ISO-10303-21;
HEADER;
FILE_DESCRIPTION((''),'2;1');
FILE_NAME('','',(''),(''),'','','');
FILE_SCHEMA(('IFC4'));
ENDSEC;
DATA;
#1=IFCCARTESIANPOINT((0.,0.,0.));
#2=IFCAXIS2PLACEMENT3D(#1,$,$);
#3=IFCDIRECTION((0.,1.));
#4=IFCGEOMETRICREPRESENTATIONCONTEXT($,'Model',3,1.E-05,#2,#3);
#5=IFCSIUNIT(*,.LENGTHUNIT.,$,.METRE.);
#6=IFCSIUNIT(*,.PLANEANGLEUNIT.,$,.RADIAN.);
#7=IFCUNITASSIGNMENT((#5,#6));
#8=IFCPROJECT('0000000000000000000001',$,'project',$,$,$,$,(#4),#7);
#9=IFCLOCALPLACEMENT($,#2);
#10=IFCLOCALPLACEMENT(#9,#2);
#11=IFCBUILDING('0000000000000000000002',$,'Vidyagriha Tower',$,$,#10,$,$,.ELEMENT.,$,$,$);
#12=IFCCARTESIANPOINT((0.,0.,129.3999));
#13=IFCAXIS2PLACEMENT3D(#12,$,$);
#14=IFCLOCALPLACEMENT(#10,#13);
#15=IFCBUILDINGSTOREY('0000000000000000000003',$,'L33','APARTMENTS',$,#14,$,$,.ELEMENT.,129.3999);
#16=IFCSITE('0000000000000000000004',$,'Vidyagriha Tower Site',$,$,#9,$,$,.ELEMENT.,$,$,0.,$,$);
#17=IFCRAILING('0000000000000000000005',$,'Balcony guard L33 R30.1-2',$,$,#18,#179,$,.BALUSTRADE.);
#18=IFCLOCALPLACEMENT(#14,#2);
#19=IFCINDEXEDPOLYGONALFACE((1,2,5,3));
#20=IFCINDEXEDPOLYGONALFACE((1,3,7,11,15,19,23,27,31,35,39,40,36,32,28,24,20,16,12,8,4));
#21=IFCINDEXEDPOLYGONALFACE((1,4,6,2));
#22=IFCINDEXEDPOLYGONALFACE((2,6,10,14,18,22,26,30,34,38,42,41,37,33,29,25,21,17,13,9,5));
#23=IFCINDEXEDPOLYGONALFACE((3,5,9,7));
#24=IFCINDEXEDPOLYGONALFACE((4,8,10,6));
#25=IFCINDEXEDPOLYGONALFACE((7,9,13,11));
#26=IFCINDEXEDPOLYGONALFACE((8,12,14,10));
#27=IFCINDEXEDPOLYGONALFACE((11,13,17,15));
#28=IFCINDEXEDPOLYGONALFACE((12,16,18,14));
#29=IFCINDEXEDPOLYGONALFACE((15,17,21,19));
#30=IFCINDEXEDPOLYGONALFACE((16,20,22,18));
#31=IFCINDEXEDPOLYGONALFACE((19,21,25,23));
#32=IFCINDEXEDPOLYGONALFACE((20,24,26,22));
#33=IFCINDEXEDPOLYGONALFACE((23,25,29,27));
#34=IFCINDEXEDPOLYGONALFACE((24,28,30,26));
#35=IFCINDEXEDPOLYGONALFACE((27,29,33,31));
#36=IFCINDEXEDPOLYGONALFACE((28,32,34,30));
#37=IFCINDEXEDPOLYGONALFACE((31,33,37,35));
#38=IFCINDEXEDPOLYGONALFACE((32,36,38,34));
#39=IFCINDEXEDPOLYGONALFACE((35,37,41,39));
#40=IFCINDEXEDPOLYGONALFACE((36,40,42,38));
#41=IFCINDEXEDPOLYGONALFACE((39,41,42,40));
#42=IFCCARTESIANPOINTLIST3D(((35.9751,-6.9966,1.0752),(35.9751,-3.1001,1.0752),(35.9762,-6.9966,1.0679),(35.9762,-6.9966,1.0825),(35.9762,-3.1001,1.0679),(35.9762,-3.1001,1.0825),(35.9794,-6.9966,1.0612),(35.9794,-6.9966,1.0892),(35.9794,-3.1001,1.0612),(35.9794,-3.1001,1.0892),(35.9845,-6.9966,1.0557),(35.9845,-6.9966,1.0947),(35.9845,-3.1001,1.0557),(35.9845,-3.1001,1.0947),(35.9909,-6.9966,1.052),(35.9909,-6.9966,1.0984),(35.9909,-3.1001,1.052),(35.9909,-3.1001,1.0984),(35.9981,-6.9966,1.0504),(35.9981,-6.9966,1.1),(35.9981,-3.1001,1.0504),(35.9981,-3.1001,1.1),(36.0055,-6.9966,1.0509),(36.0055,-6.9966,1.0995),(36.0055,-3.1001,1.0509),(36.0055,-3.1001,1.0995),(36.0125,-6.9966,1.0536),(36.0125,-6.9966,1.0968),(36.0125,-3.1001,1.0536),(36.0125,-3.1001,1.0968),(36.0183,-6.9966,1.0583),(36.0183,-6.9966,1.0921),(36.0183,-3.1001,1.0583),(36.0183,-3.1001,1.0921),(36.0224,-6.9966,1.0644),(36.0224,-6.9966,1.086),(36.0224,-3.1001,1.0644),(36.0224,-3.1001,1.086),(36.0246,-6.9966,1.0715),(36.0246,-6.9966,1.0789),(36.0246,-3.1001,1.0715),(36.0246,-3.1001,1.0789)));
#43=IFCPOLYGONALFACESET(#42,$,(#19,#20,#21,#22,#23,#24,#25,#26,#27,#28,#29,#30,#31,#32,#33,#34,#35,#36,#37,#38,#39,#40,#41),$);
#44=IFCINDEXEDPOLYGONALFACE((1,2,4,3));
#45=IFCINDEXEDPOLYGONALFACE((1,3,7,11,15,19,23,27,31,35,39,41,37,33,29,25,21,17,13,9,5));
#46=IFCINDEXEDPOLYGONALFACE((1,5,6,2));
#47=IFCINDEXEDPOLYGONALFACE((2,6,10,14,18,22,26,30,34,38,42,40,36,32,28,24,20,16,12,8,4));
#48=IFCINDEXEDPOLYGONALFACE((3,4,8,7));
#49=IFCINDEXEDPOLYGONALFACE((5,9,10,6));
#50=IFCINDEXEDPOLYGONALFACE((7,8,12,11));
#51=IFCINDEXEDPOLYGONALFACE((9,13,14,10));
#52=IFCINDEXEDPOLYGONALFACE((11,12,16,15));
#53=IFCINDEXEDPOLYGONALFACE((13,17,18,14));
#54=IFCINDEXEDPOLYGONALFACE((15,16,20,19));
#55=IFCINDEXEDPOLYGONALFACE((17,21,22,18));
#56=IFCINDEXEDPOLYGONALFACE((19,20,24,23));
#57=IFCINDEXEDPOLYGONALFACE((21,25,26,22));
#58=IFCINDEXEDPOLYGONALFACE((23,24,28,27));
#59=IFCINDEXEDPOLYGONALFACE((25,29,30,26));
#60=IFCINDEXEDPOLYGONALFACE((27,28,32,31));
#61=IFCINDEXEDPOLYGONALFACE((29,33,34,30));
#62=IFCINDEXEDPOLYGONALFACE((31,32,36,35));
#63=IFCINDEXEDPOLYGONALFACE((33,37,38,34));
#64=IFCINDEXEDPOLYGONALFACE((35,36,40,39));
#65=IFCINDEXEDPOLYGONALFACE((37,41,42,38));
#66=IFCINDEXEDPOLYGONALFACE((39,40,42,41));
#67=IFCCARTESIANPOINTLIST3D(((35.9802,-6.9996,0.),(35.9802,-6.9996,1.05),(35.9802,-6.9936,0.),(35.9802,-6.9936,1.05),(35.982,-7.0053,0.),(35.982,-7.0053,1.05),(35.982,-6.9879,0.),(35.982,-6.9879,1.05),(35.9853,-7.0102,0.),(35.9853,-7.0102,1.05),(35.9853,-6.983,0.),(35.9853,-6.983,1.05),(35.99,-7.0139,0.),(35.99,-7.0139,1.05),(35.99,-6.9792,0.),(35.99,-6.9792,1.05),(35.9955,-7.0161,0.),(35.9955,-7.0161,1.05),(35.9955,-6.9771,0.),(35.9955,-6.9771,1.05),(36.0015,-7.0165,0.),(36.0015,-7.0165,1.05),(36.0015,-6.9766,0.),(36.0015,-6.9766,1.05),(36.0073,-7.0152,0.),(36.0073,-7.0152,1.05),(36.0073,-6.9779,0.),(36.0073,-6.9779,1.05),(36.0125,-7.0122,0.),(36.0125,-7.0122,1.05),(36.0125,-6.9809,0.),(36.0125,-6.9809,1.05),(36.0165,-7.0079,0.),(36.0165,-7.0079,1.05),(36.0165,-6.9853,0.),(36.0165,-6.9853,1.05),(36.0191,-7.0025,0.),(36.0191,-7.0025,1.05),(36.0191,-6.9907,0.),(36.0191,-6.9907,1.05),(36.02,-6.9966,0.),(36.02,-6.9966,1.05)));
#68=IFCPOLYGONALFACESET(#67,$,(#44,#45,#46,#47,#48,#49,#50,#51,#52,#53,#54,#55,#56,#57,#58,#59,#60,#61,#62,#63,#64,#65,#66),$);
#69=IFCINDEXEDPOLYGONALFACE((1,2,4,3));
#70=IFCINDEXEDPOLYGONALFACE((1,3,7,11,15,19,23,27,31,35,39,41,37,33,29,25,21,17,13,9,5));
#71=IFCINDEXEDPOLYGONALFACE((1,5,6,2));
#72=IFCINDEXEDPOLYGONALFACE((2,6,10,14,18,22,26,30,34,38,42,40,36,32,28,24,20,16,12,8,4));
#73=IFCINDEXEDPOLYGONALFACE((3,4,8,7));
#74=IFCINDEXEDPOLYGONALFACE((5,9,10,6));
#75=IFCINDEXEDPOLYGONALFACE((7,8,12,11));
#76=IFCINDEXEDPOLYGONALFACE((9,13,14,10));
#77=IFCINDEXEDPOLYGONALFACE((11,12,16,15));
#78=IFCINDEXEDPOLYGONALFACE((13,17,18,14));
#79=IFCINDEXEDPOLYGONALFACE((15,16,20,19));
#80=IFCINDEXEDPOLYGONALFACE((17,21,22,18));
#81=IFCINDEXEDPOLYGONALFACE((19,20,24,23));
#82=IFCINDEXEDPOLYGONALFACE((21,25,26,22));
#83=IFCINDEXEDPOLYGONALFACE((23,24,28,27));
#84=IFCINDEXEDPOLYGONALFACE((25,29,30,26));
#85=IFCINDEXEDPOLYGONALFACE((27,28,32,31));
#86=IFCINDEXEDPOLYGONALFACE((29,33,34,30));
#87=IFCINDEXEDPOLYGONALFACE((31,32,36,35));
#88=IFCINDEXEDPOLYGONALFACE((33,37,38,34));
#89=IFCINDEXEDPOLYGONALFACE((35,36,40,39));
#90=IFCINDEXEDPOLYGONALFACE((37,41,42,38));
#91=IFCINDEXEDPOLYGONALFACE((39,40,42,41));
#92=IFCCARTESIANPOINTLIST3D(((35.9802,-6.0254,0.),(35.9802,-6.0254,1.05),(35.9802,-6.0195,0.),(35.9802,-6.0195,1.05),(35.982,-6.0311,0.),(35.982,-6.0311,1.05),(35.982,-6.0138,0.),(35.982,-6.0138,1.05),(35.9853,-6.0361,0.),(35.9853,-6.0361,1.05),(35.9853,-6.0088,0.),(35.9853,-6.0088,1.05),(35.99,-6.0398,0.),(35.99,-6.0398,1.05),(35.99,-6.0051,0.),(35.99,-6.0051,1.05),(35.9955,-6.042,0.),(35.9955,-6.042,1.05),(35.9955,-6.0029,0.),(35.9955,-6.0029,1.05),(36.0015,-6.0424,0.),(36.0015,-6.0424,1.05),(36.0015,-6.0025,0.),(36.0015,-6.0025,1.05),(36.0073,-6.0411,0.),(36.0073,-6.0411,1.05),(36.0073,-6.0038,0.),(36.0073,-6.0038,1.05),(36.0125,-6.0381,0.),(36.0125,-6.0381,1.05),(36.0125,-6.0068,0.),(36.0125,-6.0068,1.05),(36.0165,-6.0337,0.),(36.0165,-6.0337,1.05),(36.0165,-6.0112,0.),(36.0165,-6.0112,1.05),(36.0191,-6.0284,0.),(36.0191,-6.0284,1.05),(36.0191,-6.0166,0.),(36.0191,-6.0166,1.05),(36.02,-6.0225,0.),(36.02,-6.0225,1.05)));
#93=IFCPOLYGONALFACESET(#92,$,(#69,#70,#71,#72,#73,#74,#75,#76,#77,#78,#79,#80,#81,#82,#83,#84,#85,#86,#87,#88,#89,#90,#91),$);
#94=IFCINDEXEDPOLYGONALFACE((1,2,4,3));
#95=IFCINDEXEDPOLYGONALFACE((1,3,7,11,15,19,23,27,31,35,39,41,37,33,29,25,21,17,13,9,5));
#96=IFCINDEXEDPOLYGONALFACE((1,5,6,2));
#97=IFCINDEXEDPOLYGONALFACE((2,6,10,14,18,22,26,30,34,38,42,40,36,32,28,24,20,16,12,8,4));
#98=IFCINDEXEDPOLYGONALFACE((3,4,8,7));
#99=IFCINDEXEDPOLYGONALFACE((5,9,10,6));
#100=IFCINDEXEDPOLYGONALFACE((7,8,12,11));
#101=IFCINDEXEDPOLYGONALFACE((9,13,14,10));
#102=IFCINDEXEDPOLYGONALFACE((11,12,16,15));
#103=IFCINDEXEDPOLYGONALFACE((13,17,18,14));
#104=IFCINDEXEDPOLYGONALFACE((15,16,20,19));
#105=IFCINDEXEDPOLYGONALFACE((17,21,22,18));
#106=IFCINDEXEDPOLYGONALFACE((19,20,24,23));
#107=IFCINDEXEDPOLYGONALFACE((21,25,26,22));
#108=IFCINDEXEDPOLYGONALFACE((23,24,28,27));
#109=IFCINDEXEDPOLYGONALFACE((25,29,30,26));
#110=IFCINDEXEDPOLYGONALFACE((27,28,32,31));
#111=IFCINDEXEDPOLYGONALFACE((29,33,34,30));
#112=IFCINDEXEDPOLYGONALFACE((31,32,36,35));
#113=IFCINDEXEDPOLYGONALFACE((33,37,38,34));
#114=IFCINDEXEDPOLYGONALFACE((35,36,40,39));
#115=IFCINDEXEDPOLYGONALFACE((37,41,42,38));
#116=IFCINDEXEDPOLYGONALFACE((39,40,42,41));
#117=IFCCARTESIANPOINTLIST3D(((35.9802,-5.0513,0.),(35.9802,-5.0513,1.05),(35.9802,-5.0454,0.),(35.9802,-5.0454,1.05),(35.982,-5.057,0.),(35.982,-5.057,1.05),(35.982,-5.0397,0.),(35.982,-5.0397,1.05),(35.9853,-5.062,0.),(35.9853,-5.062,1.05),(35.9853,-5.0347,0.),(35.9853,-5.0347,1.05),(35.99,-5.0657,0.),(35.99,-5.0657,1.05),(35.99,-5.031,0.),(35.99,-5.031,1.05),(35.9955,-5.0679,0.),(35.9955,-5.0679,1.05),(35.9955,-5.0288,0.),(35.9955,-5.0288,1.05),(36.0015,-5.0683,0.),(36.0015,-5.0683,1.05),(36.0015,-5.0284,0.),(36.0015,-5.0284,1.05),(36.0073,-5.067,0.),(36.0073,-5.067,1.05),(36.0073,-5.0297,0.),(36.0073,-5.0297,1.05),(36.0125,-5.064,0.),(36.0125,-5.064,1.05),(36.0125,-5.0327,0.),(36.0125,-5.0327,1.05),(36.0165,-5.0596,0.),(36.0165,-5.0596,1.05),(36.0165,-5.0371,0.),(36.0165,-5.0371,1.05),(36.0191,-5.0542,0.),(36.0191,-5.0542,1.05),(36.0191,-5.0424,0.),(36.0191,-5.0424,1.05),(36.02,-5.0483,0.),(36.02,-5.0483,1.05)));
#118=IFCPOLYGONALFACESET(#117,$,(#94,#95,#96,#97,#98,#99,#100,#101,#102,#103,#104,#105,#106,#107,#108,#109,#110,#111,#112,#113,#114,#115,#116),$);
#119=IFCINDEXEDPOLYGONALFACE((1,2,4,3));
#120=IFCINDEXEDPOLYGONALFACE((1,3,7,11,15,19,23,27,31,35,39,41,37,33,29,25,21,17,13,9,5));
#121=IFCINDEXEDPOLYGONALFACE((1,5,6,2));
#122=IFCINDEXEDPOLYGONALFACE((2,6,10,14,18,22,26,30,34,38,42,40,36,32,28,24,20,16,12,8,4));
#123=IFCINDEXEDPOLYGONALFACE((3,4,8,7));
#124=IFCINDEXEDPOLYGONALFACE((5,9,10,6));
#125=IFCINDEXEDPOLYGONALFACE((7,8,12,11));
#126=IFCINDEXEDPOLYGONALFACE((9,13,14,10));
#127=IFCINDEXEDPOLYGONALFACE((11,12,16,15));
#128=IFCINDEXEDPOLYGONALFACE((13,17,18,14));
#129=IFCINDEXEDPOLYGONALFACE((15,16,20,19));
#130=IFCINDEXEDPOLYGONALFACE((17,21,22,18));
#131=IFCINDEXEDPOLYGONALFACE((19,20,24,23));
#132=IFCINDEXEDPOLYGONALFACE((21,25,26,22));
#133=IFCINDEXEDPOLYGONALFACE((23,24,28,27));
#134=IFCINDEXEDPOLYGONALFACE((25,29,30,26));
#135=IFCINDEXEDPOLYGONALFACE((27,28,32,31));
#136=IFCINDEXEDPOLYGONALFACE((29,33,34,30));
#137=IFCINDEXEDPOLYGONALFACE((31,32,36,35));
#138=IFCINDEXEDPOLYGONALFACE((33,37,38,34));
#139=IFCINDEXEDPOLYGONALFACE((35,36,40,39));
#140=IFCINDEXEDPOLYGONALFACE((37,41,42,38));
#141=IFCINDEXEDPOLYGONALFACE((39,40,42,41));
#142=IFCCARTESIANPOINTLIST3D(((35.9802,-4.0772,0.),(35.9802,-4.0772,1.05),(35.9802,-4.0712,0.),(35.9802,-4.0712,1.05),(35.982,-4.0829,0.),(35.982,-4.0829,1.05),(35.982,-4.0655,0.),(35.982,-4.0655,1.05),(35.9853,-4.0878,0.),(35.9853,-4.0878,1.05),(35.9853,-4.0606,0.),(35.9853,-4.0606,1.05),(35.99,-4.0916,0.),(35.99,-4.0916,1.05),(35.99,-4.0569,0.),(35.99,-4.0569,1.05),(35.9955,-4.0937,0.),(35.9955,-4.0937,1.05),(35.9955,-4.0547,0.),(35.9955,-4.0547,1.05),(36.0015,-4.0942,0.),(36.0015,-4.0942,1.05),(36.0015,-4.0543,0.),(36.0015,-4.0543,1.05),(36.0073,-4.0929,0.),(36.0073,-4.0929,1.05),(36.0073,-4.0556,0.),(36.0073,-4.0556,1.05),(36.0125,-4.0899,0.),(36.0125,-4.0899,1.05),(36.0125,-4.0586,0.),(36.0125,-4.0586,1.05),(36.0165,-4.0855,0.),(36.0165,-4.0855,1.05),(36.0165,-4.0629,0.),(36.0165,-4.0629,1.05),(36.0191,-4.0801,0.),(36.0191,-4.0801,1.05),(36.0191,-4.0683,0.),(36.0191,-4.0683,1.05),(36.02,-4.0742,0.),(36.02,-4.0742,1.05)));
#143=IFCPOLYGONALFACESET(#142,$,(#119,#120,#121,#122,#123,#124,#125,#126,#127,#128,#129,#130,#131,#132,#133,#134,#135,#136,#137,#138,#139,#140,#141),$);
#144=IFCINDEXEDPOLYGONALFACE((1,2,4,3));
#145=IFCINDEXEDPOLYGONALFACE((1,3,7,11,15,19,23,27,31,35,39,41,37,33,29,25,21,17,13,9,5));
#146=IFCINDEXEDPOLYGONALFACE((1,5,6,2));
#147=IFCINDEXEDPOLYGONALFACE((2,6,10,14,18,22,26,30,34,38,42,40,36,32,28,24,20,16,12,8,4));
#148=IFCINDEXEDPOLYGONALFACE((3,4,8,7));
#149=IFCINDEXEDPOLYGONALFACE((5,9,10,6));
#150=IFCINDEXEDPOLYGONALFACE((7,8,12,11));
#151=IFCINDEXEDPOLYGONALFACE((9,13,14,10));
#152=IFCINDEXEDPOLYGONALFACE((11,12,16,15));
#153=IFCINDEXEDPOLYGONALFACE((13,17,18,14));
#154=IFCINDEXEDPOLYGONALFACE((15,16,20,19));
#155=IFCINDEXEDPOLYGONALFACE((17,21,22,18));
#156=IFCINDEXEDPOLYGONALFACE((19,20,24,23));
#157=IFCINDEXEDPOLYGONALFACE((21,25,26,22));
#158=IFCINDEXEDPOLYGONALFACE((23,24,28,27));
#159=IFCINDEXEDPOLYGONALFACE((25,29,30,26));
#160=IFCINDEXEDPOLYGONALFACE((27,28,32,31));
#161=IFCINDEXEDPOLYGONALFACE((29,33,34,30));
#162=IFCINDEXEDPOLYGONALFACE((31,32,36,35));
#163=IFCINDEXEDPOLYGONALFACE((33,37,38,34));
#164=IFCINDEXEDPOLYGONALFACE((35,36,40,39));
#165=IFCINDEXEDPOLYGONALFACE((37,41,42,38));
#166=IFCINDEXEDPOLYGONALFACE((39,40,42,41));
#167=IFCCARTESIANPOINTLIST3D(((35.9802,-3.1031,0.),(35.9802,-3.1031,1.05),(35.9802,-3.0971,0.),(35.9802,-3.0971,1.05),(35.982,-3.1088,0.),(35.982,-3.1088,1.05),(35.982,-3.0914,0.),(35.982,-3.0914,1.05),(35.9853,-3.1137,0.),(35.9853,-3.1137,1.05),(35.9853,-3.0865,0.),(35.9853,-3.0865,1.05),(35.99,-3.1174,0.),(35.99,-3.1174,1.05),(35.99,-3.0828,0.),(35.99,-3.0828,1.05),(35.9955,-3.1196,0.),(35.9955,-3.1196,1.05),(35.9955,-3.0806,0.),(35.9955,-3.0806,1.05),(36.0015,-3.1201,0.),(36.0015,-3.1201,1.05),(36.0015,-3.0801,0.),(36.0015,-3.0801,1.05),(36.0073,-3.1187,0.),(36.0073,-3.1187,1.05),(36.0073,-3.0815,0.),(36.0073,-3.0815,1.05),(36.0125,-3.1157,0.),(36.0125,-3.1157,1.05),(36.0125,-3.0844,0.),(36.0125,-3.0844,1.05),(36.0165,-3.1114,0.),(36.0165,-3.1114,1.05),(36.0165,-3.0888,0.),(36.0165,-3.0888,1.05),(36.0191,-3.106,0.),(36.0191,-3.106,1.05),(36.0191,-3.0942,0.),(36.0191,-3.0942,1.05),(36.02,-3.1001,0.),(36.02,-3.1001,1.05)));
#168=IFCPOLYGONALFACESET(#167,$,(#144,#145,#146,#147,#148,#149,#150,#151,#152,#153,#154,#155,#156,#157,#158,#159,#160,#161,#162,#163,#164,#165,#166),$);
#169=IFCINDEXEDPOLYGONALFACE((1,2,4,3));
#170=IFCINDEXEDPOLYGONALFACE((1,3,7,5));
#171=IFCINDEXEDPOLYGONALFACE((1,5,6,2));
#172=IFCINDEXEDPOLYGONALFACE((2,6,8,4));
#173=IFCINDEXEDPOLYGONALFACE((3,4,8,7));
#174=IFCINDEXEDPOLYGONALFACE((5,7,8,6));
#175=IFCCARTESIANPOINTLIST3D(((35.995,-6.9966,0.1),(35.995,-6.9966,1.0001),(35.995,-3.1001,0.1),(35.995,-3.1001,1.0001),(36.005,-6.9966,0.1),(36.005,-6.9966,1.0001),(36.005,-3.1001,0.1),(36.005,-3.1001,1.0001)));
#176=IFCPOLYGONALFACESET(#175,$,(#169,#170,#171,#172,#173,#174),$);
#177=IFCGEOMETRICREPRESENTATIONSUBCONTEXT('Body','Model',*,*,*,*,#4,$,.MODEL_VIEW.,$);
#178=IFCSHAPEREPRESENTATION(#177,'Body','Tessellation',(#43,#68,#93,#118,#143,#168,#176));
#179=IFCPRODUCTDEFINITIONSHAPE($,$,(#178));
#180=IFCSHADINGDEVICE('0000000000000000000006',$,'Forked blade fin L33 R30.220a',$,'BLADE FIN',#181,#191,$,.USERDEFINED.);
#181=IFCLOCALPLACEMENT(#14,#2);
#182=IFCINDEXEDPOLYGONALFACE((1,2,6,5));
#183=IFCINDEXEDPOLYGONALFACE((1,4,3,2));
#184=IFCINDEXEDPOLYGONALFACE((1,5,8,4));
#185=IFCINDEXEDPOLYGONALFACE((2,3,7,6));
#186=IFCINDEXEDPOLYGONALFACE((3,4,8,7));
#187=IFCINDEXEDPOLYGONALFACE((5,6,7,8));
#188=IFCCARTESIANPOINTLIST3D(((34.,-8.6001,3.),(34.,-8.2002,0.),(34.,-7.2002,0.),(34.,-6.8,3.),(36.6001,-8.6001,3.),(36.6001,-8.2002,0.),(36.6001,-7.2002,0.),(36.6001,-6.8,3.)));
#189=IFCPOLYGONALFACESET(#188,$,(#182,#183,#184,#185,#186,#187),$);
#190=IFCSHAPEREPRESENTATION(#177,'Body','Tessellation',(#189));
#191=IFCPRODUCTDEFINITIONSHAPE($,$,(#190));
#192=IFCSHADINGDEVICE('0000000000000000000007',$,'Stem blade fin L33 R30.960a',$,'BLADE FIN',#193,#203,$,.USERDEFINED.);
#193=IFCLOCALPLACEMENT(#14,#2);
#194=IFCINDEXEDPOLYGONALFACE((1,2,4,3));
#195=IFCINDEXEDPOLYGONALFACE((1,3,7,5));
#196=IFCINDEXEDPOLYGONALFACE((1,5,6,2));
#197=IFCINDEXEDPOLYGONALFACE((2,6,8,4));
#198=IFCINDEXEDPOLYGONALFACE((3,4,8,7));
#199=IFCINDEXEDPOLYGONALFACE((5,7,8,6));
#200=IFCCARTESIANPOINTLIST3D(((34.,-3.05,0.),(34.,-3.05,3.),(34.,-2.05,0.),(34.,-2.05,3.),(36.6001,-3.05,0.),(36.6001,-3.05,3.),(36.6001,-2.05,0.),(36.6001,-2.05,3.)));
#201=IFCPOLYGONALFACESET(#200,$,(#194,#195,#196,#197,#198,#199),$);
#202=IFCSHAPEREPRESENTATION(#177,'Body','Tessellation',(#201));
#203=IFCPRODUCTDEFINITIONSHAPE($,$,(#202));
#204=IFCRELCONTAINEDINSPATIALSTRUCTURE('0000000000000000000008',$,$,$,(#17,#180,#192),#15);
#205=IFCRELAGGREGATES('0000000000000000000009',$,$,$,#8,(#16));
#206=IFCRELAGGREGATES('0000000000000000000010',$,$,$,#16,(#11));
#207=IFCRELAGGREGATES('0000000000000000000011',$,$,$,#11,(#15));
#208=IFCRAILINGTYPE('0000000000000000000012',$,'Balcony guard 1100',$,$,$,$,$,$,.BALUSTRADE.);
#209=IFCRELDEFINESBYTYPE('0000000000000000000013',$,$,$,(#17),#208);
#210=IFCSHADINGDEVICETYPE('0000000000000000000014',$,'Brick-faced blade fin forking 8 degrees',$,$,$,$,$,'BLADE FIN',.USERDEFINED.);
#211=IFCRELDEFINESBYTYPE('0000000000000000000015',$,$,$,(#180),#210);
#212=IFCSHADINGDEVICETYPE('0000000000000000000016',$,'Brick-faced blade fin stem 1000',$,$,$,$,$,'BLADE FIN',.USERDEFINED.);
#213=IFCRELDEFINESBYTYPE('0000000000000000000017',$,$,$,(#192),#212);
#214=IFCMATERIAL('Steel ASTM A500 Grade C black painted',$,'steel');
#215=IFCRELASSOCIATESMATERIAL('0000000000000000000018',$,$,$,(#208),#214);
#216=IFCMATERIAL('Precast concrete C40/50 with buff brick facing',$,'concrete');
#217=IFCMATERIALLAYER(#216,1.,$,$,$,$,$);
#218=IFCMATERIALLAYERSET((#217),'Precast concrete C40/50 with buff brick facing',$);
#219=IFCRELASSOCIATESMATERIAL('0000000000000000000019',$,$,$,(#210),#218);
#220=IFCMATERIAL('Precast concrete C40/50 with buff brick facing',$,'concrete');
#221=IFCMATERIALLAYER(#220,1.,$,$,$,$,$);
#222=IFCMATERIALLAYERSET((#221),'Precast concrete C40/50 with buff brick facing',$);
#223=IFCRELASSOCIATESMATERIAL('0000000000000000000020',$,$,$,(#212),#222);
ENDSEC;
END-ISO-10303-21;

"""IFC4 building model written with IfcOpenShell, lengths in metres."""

from ifc_helpers import new_model, si_unit, direction, frame, origin, origin_2d, place, context, subcontext, project, spatial, polyline, rectangle, circle, outline, extrude, material, layer, layer_set, type_object, element, save


model = new_model("IFC4")

# Units and contexts
model_context = context("Model", 3, precision=1e-05, world=origin(), true_north=direction((0.0, 1.0)))
body_context = subcontext(model_context, "Body", "Model", "MODEL_VIEW")
ifc_project = project(units=[si_unit("LENGTHUNIT", "METRE"), si_unit("PLANEANGLEUNIT", "RADIAN")], contexts=[model_context])

# Site, building, storey
site_placement = place(None, origin())
site = spatial("IfcSite", under=ifc_project, at=site_placement, Name="Vidyagriha Tower Site", CompositionType="ELEMENT", RefElevation=0.0)
building_placement = place(site_placement, origin())
building = spatial("IfcBuilding", under=site, at=building_placement, Name="Vidyagriha Tower", CompositionType="ELEMENT")
storey_placement = place(building_placement, frame((0.0, 0.0, 129.3999)))
storey = spatial("IfcBuildingStorey", under=building, at=storey_placement, Name="L33", Description="APARTMENTS", CompositionType="ELEMENT", Elevation=129.3999)

# Railing
ifc_material_1 = material(Name="Steel ASTM A500 Grade C black painted", Category="steel")
railing_type_1 = type_object("IfcRailingType", Name="Balcony guard 1100", PredefinedType="BALUSTRADE", material=ifc_material_1)
railing_1_placement = place(storey_placement, frame((36.0, -6.9966, 0.0)))
element("IfcRailing", 1, at=railing_1_placement, inside=storey, type_object=railing_type_1, Name="Balcony guard L33 R30.1-2", PredefinedType="BALUSTRADE", context=body_context, shape_type="SweptSolid", body=[
    extrude(circle(Radius=0.0249, at=origin_2d()), frame((0.0, 0.0, 1.0752), z_axis=(0.0, 1.0, 0.0), x_axis=(-1.0, 0.0, 0.0)), (0.0, 0.0, 1.0), 3.8965),
    extrude(circle(Radius=0.02, at=origin_2d()), origin(), (0.0, 0.0, 1.0), 1.05),
    extrude(circle(Radius=0.02, at=origin_2d()), frame((0.0, 0.9741, 0.0)), (0.0, 0.0, 1.0), 1.05),
    extrude(circle(Radius=0.02, at=origin_2d()), frame((0.0, 1.9482, 0.0)), (0.0, 0.0, 1.0), 1.05),
    extrude(circle(Radius=0.02, at=origin_2d()), frame((0.0, 2.9224, 0.0)), (0.0, 0.0, 1.0), 1.05),
    extrude(circle(Radius=0.02, at=origin_2d()), frame((0.0, 3.8965, 0.0)), (0.0, 0.0, 1.0), 1.05),
    extrude(rectangle(XDim=0.01, YDim=0.9001, at=origin_2d()), frame((0.0, 0.0, 0.55), z_axis=(0.0, 1.0, 0.0), x_axis=(-1.0, 0.0, 0.0)), (0.0, 0.0, 1.0), 3.8965),
])

# Shading devices
ifc_material_2 = material(Name="Precast concrete C40/50 with buff brick facing", Category="concrete")
ifc_layer_1 = layer(ifc_material_2, 1.0)
ifc_layer_set_1 = layer_set([ifc_layer_1], Name="Precast concrete C40/50 with buff brick facing")
shading_device_type_1 = type_object("IfcShadingDeviceType", Name="Brick-faced blade fin forking 8 degrees", ElementType="BLADE FIN", PredefinedType="USERDEFINED", material=ifc_layer_set_1)
shading_device_1_placement = place(storey_placement, frame((35.3, -8.6001, 0.0), z_axis=(0.0, 0.0, 1.0), x_axis=(0.0, 1.0, 0.0)))
element("IfcShadingDevice", 2, at=shading_device_1_placement, inside=storey, type_object=shading_device_type_1, Name="Forked blade fin L33 R30.220a", ObjectType="BLADE FIN", PredefinedType="USERDEFINED", context=body_context, shape_type="SweptSolid", body=[
    extrude(outline(polyline([(0.3999, 0.0), (1.3999, 0.0), (1.8, 3.0), (0.0, 3.0), (0.3999, 0.0)])), frame((0.0, 1.3, 0.0), z_axis=(0.0, -1.0, 0.0), x_axis=(1.0, 0.0, 0.0)), (0.0, 0.0, 1.0), 2.6001),
])
ifc_material_3 = material(Name="Precast concrete C40/50 with buff brick facing", Category="concrete")
ifc_layer_2 = layer(ifc_material_3, 1.0)
ifc_layer_set_2 = layer_set([ifc_layer_2], Name="Precast concrete C40/50 with buff brick facing")
shading_device_type_2 = type_object("IfcShadingDeviceType", Name="Brick-faced blade fin stem 1000", ElementType="BLADE FIN", PredefinedType="USERDEFINED", material=ifc_layer_set_2)
shading_device_2_placement = place(storey_placement, frame((35.3, -3.05, 0.0), z_axis=(0.0, 0.0, 1.0), x_axis=(0.0, 1.0, 0.0)))
element("IfcShadingDevice", 3, at=shading_device_2_placement, inside=storey, type_object=shading_device_type_2, Name="Stem blade fin L33 R30.960a", ObjectType="BLADE FIN", PredefinedType="USERDEFINED", context=body_context, shape_type="SweptSolid", body=[
    extrude(outline(polyline([(0.0, 0.0), (1.0, 0.0), (1.0, 3.0), (0.0, 3.0), (0.0, 0.0)])), frame((0.0, 1.3, 0.0), z_axis=(0.0, -1.0, 0.0), x_axis=(1.0, 0.0, 0.0)), (0.0, 0.0, 1.0), 2.6001),
])

save(model, "model.ifc")
